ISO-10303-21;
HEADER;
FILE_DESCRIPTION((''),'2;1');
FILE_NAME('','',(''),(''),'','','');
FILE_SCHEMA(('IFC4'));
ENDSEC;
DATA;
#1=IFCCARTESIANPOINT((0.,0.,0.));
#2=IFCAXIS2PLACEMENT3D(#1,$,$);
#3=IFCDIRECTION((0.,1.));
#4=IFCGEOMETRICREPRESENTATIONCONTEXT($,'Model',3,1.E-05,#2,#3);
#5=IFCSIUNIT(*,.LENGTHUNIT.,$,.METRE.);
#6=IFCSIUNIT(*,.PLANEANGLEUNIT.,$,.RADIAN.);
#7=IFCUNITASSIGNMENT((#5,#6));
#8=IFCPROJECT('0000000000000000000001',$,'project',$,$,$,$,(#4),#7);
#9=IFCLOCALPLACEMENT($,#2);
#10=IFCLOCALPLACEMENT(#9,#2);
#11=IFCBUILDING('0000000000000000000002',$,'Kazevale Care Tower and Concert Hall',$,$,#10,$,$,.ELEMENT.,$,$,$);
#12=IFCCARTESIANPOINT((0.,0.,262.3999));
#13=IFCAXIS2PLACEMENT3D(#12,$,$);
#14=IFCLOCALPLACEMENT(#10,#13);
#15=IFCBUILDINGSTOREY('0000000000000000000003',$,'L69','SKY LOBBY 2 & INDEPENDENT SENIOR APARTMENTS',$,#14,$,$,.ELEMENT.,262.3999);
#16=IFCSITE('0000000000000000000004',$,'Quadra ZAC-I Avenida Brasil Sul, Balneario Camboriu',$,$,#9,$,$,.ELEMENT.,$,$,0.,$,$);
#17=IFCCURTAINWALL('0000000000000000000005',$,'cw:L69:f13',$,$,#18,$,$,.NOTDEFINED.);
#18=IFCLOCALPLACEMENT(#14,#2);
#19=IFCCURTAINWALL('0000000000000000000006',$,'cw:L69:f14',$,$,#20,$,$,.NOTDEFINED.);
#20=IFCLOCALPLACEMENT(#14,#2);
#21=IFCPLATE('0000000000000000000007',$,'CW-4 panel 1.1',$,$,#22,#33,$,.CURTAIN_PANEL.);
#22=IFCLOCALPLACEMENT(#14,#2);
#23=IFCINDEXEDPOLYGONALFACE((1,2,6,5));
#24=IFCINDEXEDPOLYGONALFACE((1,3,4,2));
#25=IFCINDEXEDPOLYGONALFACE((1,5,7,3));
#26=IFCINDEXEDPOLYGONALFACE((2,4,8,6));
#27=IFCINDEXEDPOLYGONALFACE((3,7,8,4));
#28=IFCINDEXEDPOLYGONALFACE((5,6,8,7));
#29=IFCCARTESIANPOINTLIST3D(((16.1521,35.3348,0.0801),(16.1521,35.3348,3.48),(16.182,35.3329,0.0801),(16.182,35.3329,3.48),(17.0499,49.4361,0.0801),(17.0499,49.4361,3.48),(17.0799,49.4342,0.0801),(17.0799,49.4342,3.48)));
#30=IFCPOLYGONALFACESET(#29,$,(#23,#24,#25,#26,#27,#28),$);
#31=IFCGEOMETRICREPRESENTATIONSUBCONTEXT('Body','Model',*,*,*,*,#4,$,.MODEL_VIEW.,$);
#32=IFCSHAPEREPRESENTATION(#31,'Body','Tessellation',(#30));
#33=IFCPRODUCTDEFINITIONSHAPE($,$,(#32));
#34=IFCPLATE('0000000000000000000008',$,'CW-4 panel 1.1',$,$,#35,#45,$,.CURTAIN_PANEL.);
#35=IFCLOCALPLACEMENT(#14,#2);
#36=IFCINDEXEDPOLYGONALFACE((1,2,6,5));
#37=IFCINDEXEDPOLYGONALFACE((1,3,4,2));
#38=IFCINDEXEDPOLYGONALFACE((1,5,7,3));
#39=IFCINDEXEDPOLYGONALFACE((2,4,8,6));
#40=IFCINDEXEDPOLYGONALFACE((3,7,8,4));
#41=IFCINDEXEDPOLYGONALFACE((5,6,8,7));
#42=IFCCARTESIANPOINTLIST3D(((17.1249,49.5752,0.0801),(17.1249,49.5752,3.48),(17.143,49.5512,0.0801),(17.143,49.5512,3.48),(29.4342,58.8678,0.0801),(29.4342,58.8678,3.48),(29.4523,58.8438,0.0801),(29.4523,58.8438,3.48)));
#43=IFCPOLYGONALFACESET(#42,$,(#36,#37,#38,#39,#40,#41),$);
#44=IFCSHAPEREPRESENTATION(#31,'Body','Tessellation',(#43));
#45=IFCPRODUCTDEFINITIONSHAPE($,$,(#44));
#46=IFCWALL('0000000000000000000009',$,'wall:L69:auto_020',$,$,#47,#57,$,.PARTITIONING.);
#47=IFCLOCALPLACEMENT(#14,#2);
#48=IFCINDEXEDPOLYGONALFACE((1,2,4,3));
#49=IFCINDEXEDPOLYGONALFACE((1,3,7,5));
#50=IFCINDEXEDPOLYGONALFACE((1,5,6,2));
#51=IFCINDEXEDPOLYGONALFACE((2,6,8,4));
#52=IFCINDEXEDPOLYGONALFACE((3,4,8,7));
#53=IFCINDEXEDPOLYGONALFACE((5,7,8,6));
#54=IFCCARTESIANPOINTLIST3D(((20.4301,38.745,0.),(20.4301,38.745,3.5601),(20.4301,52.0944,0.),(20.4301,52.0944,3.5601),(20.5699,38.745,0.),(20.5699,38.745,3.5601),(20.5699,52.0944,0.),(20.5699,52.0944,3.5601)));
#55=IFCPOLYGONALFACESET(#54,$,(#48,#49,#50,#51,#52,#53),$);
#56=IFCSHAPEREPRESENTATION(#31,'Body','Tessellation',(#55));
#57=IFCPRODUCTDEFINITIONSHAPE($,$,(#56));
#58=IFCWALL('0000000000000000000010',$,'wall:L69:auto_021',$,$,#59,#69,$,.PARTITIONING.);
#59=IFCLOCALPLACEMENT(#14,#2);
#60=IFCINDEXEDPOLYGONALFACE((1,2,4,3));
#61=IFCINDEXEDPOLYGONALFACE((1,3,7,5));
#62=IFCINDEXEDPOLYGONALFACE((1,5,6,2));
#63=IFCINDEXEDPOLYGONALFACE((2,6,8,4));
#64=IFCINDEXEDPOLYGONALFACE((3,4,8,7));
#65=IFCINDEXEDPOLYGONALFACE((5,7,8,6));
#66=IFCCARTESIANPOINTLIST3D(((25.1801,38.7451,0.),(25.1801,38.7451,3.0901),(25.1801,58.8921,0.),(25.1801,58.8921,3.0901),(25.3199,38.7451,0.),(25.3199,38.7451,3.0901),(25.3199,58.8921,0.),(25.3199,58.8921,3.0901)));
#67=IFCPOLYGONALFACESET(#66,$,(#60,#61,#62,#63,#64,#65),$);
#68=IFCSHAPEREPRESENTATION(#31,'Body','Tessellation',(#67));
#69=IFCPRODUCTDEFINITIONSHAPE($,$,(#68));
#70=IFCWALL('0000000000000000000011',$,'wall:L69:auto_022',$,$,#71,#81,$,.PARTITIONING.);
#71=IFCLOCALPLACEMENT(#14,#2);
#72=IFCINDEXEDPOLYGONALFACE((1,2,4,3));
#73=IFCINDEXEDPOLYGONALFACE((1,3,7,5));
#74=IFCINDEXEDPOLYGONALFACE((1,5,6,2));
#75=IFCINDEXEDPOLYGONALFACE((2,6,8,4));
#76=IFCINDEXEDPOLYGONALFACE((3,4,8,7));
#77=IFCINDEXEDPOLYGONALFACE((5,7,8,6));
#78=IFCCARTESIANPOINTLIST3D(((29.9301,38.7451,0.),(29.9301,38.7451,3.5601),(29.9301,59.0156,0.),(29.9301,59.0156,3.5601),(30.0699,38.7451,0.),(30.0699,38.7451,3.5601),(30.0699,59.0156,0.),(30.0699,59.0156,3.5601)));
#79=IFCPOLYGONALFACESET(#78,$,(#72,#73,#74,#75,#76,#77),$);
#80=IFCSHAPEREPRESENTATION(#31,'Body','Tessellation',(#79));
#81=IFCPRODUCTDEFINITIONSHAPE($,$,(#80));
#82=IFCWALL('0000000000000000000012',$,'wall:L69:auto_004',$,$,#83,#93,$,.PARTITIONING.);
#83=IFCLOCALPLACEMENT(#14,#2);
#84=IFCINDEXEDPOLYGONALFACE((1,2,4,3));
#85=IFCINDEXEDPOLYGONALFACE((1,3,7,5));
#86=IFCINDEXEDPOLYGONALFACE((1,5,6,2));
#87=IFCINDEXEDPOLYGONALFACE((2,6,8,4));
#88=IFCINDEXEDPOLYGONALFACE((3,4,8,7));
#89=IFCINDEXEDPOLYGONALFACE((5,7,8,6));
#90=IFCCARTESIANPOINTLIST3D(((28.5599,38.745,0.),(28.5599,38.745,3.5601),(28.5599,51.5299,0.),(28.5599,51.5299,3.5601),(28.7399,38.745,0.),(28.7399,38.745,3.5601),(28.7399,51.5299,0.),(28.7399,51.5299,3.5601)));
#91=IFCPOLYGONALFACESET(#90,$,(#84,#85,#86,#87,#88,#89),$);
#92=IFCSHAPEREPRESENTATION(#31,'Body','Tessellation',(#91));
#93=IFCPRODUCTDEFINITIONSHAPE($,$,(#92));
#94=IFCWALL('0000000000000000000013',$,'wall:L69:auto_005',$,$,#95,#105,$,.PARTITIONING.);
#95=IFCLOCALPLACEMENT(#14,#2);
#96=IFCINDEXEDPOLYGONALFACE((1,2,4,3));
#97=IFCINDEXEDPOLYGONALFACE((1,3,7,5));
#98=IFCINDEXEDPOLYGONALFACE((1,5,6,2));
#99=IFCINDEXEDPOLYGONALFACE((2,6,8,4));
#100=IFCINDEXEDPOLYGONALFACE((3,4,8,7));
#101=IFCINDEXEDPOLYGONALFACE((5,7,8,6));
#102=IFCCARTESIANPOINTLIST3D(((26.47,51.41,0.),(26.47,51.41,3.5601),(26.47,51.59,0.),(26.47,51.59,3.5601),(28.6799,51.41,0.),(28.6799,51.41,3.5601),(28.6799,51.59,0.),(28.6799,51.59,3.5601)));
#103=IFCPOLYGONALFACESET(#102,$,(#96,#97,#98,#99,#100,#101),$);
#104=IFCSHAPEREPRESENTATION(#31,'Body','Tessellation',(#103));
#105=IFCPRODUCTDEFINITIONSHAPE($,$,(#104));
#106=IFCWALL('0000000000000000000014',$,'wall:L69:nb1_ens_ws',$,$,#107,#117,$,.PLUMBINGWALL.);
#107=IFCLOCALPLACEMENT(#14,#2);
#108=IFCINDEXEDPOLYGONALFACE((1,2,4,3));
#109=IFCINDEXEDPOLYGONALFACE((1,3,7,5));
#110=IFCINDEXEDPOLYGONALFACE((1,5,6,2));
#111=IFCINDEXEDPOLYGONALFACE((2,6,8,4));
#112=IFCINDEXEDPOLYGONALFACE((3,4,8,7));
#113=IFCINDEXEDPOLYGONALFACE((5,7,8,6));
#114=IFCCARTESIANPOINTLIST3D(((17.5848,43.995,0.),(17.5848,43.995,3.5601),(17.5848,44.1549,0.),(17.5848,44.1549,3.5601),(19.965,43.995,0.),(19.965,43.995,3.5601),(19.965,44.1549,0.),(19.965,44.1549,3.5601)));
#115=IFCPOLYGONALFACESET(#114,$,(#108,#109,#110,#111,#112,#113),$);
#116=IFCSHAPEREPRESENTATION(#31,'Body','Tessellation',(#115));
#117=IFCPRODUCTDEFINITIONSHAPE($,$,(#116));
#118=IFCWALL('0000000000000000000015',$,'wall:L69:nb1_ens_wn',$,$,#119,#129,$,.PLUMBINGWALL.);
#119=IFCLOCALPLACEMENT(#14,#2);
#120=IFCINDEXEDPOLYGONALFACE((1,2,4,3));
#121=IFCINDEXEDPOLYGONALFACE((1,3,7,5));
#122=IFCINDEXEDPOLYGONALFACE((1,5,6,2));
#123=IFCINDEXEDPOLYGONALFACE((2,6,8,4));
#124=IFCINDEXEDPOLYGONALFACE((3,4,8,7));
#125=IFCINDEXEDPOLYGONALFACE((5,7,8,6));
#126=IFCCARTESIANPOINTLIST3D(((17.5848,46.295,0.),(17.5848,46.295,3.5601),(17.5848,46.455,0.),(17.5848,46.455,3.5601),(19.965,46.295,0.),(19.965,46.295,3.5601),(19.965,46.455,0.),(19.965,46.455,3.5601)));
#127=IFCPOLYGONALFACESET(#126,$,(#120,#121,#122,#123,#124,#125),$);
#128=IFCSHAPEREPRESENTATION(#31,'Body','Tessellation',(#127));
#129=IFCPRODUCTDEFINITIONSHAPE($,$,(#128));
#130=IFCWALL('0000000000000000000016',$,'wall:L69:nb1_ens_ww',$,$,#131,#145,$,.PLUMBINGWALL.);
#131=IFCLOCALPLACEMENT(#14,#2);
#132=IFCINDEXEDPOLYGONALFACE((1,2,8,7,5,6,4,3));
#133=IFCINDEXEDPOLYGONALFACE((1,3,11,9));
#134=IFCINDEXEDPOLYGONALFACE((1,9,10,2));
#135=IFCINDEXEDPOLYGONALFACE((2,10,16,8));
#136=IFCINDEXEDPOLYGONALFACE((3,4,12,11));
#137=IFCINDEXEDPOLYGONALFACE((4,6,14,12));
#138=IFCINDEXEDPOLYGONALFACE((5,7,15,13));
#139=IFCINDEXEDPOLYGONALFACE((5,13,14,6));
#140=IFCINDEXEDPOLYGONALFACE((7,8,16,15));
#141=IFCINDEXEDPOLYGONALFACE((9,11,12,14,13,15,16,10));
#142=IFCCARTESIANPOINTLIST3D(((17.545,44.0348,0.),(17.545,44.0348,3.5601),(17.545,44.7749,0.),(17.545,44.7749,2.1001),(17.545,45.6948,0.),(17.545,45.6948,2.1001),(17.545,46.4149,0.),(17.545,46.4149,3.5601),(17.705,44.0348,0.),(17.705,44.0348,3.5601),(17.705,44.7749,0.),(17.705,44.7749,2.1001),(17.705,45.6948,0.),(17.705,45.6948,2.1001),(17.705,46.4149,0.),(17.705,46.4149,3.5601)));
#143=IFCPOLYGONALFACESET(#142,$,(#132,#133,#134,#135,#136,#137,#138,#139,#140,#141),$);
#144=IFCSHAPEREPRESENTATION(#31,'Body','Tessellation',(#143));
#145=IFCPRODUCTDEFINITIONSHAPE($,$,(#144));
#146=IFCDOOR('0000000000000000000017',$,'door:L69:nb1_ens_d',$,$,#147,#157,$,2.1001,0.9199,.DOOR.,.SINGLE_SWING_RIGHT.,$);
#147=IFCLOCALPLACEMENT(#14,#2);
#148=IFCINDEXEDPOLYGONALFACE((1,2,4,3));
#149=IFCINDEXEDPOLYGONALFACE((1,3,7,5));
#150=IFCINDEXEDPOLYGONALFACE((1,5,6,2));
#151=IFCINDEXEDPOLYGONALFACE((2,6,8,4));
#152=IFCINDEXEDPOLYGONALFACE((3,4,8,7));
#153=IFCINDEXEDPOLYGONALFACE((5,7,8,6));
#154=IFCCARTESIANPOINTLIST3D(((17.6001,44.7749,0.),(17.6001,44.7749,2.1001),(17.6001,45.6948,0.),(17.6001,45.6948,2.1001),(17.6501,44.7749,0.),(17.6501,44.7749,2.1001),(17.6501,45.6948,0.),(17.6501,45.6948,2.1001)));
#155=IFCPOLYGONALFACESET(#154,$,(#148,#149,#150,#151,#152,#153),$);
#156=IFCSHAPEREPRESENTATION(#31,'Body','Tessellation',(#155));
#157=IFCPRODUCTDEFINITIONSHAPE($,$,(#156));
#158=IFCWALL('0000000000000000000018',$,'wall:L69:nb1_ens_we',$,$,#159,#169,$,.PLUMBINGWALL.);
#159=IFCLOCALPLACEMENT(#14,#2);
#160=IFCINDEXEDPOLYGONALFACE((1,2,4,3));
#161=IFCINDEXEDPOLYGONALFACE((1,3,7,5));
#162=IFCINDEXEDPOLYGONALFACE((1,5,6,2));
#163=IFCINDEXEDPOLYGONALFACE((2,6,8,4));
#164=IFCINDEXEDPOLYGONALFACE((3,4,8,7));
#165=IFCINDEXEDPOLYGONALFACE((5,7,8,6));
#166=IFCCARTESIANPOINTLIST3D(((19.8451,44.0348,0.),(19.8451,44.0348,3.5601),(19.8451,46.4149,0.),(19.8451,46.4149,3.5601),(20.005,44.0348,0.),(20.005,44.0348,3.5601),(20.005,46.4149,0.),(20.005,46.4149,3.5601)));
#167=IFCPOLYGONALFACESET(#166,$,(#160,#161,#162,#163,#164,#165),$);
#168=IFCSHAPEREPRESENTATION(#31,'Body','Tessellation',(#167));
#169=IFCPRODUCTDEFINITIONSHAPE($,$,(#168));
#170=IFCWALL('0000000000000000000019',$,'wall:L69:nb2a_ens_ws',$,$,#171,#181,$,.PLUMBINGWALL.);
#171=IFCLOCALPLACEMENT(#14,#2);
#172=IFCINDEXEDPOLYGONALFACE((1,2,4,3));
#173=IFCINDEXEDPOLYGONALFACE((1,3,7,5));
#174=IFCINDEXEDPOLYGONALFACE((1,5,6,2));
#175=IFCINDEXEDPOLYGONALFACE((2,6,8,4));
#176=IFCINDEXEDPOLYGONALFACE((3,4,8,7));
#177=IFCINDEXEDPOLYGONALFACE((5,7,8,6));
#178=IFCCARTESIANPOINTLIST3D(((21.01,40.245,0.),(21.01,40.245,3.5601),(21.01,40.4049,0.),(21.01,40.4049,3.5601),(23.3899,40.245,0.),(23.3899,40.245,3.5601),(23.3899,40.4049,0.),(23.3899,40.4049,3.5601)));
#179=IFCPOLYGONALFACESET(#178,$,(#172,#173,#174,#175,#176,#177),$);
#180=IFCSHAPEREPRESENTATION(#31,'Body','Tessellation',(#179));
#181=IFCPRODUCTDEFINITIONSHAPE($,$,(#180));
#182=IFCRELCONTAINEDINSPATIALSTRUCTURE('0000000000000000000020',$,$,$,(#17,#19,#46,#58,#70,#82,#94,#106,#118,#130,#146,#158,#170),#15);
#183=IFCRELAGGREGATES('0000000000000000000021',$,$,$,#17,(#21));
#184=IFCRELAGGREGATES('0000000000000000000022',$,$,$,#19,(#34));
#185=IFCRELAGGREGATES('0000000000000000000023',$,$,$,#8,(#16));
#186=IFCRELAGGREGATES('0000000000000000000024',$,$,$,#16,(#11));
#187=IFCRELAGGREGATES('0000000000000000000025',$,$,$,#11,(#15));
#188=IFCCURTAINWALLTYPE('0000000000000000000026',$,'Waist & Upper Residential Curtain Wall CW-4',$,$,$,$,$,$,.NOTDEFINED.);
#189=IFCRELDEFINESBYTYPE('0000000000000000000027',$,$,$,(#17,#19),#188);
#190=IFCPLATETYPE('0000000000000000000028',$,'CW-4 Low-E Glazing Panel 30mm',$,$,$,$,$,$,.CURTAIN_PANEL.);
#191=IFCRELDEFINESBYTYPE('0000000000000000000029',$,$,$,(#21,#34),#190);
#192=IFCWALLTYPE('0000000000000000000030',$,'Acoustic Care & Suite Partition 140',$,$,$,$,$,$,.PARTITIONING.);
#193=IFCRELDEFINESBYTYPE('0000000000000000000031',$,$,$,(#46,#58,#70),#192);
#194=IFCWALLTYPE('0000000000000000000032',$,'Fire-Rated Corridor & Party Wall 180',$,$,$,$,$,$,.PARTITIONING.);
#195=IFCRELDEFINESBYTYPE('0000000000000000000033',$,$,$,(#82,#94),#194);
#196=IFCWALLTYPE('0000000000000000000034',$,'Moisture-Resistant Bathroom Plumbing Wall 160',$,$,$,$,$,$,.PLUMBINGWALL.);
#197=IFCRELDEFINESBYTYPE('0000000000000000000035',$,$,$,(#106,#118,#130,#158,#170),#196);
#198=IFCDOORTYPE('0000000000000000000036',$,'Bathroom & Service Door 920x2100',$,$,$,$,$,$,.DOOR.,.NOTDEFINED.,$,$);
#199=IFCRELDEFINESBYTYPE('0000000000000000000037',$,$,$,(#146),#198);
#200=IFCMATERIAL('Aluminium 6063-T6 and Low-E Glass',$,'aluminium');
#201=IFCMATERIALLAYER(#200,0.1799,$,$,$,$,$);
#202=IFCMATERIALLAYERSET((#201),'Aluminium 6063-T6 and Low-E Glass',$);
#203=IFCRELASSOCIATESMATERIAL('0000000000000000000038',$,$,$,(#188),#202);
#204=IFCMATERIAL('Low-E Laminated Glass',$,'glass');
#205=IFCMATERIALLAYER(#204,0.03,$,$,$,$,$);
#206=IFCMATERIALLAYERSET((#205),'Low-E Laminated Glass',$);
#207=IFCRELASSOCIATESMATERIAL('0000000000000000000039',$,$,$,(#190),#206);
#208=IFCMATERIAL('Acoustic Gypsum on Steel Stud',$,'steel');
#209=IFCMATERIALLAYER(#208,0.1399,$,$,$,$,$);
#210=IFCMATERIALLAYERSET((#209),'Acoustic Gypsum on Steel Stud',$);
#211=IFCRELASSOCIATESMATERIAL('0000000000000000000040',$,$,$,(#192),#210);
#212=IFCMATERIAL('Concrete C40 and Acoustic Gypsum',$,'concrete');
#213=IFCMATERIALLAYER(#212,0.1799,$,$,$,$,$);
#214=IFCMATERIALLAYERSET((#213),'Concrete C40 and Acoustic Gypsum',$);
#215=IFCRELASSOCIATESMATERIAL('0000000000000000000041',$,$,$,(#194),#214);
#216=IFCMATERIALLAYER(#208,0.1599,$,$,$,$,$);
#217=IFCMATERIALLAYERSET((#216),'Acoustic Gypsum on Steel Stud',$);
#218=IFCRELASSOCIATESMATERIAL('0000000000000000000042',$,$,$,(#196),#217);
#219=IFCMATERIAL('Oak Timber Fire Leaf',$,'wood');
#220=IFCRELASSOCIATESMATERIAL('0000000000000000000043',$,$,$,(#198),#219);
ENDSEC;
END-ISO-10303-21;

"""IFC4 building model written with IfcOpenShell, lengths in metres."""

from ifc_helpers import new_model, si_unit, direction, frame, frame_2d, origin, origin_2d, place, context, subcontext, project, spatial, rectangle, extrude, material, layer, layer_set, type_object, element, fill, aggregate, save


model = new_model("IFC4")

# Units and contexts
model_context = context("Model", 3, precision=1e-05, world=origin(), true_north=direction((0.0, 1.0)))
body_context = subcontext(model_context, "Body", "Model", "MODEL_VIEW")
ifc_project = project(units=[si_unit("LENGTHUNIT", "METRE"), si_unit("PLANEANGLEUNIT", "RADIAN")], contexts=[model_context])

# Site, building, storey
site_placement = place(None, origin())
site = spatial("IfcSite", under=ifc_project, at=site_placement, Name="Quadra ZAC-I Avenida Brasil Sul, Balneario Camboriu", CompositionType="ELEMENT", RefElevation=0.0)
building_placement = place(site_placement, origin())
building = spatial("IfcBuilding", under=site, at=building_placement, Name="Kazevale Care Tower and Concert Hall", CompositionType="ELEMENT")
storey_placement = place(building_placement, frame((0.0, 0.0, 262.3999)))
storey = spatial("IfcBuildingStorey", under=building, at=storey_placement, Name="L69", Description="SKY LOBBY 2 & INDEPENDENT SENIOR APARTMENTS", CompositionType="ELEMENT", Elevation=262.3999)

# Curtain wall
ifc_material_1 = material(Name="Aluminium 6063-T6 and Low-E Glass", Category="aluminium")
ifc_layer_1 = layer(ifc_material_1, 0.1799)
ifc_layer_set_1 = layer_set([ifc_layer_1], Name="Aluminium 6063-T6 and Low-E Glass")
curtain_wall_type = type_object("IfcCurtainWallType", Name="Waist & Upper Residential Curtain Wall CW-4", PredefinedType="NOTDEFINED", material=ifc_layer_set_1)
curtain_wall_1_placement = place(storey_placement, origin())
curtain_wall_1 = element("IfcCurtainWall", 1, at=curtain_wall_1_placement, inside=storey, type_object=curtain_wall_type, Name="cw:L69:f13", PredefinedType="NOTDEFINED")

# Curtain wall
curtain_wall_2_placement = place(storey_placement, origin())
curtain_wall_2 = element("IfcCurtainWall", 2, at=curtain_wall_2_placement, inside=storey, type_object=curtain_wall_type, Name="cw:L69:f14", PredefinedType="NOTDEFINED")

# Plates
ifc_material_2 = material(Name="Low-E Laminated Glass", Category="glass")
ifc_layer_2 = layer(ifc_material_2, 0.03)
ifc_layer_set_2 = layer_set([ifc_layer_2], Name="Low-E Laminated Glass")
plate_type = type_object("IfcPlateType", Name="CW-4 Low-E Glazing Panel 30mm", PredefinedType="CURTAIN_PANEL", material=ifc_layer_set_2)
plate_1_placement = place(storey_placement, frame((16.616, 42.3845, 0.0801), z_axis=(0.0, 0.0, 1.0), x_axis=(0.063541, 0.997979, 0.0)))
plate_1 = element("IfcPlate", 3, at=plate_1_placement, type_object=plate_type, Name="CW-4 panel 1.1", PredefinedType="CURTAIN_PANEL", context=body_context, shape_type="SweptSolid", body=[
    extrude(rectangle(XDim=14.1299, YDim=0.03, at=origin_2d()), origin(), (0.0, 0.0, 1.0), 3.3999),
])
aggregate(curtain_wall_1, [plate_1])
plate_2_placement = place(storey_placement, frame((23.2886, 54.2095, 0.0801), z_axis=(0.0, 0.0, 1.0), x_axis=(0.798109, 0.602513, 0.0)))
plate_2 = element("IfcPlate", 4, at=plate_2_placement, type_object=plate_type, Name="CW-4 panel 1.1", PredefinedType="CURTAIN_PANEL", context=body_context, shape_type="SweptSolid", body=[
    extrude(rectangle(XDim=15.4231, YDim=0.03, at=origin_2d()), origin(), (0.0, 0.0, 1.0), 3.3999),
])
aggregate(curtain_wall_2, [plate_2])

# Walls
ifc_material_3 = material(Name="Acoustic Gypsum on Steel Stud", Category="steel")
ifc_layer_3 = layer(ifc_material_3, 0.1399)
ifc_layer_set_3 = layer_set([ifc_layer_3], Name="Acoustic Gypsum on Steel Stud")
wall_type_1 = type_object("IfcWallType", Name="Acoustic Care & Suite Partition 140", PredefinedType="PARTITIONING", material=ifc_layer_set_3)
wall_1_placement = place(storey_placement, frame((20.5, 52.0945, 0.0), z_axis=(0.0, 0.0, 1.0), x_axis=(0.0, -1.0, 0.0)))
element("IfcWall", 5, at=wall_1_placement, inside=storey, type_object=wall_type_1, Name="wall:L69:auto_020", PredefinedType="PARTITIONING", context=body_context, shape_type="SweptSolid", body=[
    extrude(rectangle(XDim=13.3494, YDim=0.1399, at=frame_2d((6.6748, 0.0))), origin(), (0.0, 0.0, 1.0), 3.5601),
])
wall_2_placement = place(storey_placement, frame((25.25, 58.8921, 0.0), z_axis=(0.0, 0.0, 1.0), x_axis=(0.0, -1.0, 0.0)))
element("IfcWall", 6, at=wall_2_placement, inside=storey, type_object=wall_type_1, Name="wall:L69:auto_021", PredefinedType="PARTITIONING", context=body_context, shape_type="SweptSolid", body=[
    extrude(rectangle(XDim=20.147, YDim=0.1399, at=frame_2d((10.0735, 0.0))), origin(), (0.0, 0.0, 1.0), 3.0901),
])
wall_3_placement = place(storey_placement, frame((30.0, 59.0156, 0.0), z_axis=(0.0, 0.0, 1.0), x_axis=(0.0, -1.0, 0.0)))
element("IfcWall", 7, at=wall_3_placement, inside=storey, type_object=wall_type_1, Name="wall:L69:auto_022", PredefinedType="PARTITIONING", context=body_context, shape_type="SweptSolid", body=[
    extrude(rectangle(XDim=20.2705, YDim=0.1399, at=frame_2d((10.1353, 0.0))), origin(), (0.0, 0.0, 1.0), 3.5601),
])
ifc_material_4 = material(Name="Concrete C40 and Acoustic Gypsum", Category="concrete")
ifc_layer_4 = layer(ifc_material_4, 0.1799)
ifc_layer_set_4 = layer_set([ifc_layer_4], Name="Concrete C40 and Acoustic Gypsum")
wall_type_2 = type_object("IfcWallType", Name="Fire-Rated Corridor & Party Wall 180", PredefinedType="PARTITIONING", material=ifc_layer_set_4)
wall_4_placement = place(storey_placement, frame((28.6499, 51.53, 0.0), z_axis=(0.0, 0.0, 1.0), x_axis=(0.0, -1.0, 0.0)))
element("IfcWall", 8, at=wall_4_placement, inside=storey, type_object=wall_type_2, Name="wall:L69:auto_004", PredefinedType="PARTITIONING", context=body_context, shape_type="SweptSolid", body=[
    extrude(rectangle(XDim=12.7849, YDim=0.1799, at=frame_2d((6.3926, 0.0))), origin(), (0.0, 0.0, 1.0), 3.5601),
])
wall_5_placement = place(storey_placement, frame((26.47, 51.5, 0.0), z_axis=(0.0, 0.0, 1.0), x_axis=(1.0, 0.0, 0.0)))
element("IfcWall", 9, at=wall_5_placement, inside=storey, type_object=wall_type_2, Name="wall:L69:auto_005", PredefinedType="PARTITIONING", context=body_context, shape_type="SweptSolid", body=[
    extrude(rectangle(XDim=2.21, YDim=0.1799, at=frame_2d((1.105, 0.0))), origin(), (0.0, 0.0, 1.0), 3.5601),
])
ifc_layer_5 = layer(ifc_material_3, 0.1599)
ifc_layer_set_5 = layer_set([ifc_layer_5], Name="Acoustic Gypsum on Steel Stud")
wall_type_3 = type_object("IfcWallType", Name="Moisture-Resistant Bathroom Plumbing Wall 160", PredefinedType="PLUMBINGWALL", material=ifc_layer_set_5)
for number, where, z_axis, x_axis, name in (
    (10, (17.585, 44.075, 0.0), (0.0, 0.0, 1.0), (1.0, 0.0, 0.0), "wall:L69:nb1_ens_ws"),
    (11, (17.585, 46.375, 0.0), (0.0, 0.0, 1.0), (1.0, 0.0, 0.0), "wall:L69:nb1_ens_wn"),
):
    element("IfcWall", number, at=place(storey_placement, frame(where, z_axis=z_axis, x_axis=x_axis)), inside=storey, type_object=wall_type_3, Name=name, PredefinedType="PLUMBINGWALL", context=body_context, shape_type="SweptSolid", body=[
        extrude(rectangle(XDim=2.3801, YDim=0.1599, at=frame_2d((1.1899, 0.0))), origin(), (0.0, 0.0, 1.0), 3.5601),
    ])

# Wall, opening, door
wall_6_placement = place(storey_placement, frame((17.625, 44.0349, 0.0), z_axis=(0.0, 0.0, 1.0), x_axis=(0.0, 1.0, 0.0)))
wall_6 = element("IfcWall", 12, at=wall_6_placement, inside=storey, type_object=wall_type_3, Name="wall:L69:nb1_ens_ww", PredefinedType="PLUMBINGWALL", context=body_context, shape_type="SweptSolid", body=[
    extrude(rectangle(XDim=2.3801, YDim=0.1599, at=frame_2d((1.1899, 0.0))), origin(), (0.0, 0.0, 1.0), 3.5601),
])
opening_1_placement = place(wall_6_placement, frame((0.74, 0.0, 0.0)))
opening_1 = element("IfcOpeningElement", 13, at=opening_1_placement, cuts=wall_6, PredefinedType="OPENING", context=body_context, shape_type="SweptSolid", body=[
    extrude(rectangle(XDim=0.9199, YDim=2.1001, at=frame_2d((0.46, 1.05))), frame((0.0, 0.0898, 0.0), z_axis=(0.0, -1.0, 0.0), x_axis=(1.0, 0.0, 0.0)), (0.0, 0.0, 1.0), 0.1799),
])
ifc_material_5 = material(Name="Oak Timber Fire Leaf", Category="wood")
door_type = type_object("IfcDoorType", Name="Bathroom & Service Door 920x2100", OperationType="NOTDEFINED", PredefinedType="DOOR", material=ifc_material_5)
door_1_placement = place(opening_1_placement, origin())
door_1 = element("IfcDoor", 14, at=door_1_placement, inside=storey, type_object=door_type, Name="door:L69:nb1_ens_d", OperationType="SINGLE_SWING_RIGHT", OverallHeight=2.1001, OverallWidth=0.9199, PredefinedType="DOOR", context=body_context, shape_type="SweptSolid", body=[
    extrude(rectangle(XDim=0.9199, YDim=2.1001, at=frame_2d((0.46, 1.05))), frame((0.0, 0.0249, 0.0), z_axis=(0.0, -1.0, 0.0), x_axis=(1.0, 0.0, 0.0)), (0.0, 0.0, 1.0), 0.05),
])
fill(opening_1, door_1)

# Walls
wall_7_placement = place(storey_placement, frame((19.925, 44.0349, 0.0), z_axis=(0.0, 0.0, 1.0), x_axis=(0.0, 1.0, 0.0)))
element("IfcWall", 15, at=wall_7_placement, inside=storey, type_object=wall_type_3, Name="wall:L69:nb1_ens_we", PredefinedType="PLUMBINGWALL", context=body_context, shape_type="SweptSolid", body=[
    extrude(rectangle(XDim=2.3801, YDim=0.1599, at=frame_2d((1.1899, 0.0))), origin(), (0.0, 0.0, 1.0), 3.5601),
])
wall_8_placement = place(storey_placement, frame((21.01, 40.325, 0.0), z_axis=(0.0, 0.0, 1.0), x_axis=(1.0, 0.0, 0.0)))
element("IfcWall", 16, at=wall_8_placement, inside=storey, type_object=wall_type_3, Name="wall:L69:nb2a_ens_ws", PredefinedType="PLUMBINGWALL", context=body_context, shape_type="SweptSolid", body=[
    extrude(rectangle(XDim=2.3799, YDim=0.1599, at=frame_2d((1.1899, 0.0))), origin(), (0.0, 0.0, 1.0), 3.5601),
])

save(model, "model.ifc")
